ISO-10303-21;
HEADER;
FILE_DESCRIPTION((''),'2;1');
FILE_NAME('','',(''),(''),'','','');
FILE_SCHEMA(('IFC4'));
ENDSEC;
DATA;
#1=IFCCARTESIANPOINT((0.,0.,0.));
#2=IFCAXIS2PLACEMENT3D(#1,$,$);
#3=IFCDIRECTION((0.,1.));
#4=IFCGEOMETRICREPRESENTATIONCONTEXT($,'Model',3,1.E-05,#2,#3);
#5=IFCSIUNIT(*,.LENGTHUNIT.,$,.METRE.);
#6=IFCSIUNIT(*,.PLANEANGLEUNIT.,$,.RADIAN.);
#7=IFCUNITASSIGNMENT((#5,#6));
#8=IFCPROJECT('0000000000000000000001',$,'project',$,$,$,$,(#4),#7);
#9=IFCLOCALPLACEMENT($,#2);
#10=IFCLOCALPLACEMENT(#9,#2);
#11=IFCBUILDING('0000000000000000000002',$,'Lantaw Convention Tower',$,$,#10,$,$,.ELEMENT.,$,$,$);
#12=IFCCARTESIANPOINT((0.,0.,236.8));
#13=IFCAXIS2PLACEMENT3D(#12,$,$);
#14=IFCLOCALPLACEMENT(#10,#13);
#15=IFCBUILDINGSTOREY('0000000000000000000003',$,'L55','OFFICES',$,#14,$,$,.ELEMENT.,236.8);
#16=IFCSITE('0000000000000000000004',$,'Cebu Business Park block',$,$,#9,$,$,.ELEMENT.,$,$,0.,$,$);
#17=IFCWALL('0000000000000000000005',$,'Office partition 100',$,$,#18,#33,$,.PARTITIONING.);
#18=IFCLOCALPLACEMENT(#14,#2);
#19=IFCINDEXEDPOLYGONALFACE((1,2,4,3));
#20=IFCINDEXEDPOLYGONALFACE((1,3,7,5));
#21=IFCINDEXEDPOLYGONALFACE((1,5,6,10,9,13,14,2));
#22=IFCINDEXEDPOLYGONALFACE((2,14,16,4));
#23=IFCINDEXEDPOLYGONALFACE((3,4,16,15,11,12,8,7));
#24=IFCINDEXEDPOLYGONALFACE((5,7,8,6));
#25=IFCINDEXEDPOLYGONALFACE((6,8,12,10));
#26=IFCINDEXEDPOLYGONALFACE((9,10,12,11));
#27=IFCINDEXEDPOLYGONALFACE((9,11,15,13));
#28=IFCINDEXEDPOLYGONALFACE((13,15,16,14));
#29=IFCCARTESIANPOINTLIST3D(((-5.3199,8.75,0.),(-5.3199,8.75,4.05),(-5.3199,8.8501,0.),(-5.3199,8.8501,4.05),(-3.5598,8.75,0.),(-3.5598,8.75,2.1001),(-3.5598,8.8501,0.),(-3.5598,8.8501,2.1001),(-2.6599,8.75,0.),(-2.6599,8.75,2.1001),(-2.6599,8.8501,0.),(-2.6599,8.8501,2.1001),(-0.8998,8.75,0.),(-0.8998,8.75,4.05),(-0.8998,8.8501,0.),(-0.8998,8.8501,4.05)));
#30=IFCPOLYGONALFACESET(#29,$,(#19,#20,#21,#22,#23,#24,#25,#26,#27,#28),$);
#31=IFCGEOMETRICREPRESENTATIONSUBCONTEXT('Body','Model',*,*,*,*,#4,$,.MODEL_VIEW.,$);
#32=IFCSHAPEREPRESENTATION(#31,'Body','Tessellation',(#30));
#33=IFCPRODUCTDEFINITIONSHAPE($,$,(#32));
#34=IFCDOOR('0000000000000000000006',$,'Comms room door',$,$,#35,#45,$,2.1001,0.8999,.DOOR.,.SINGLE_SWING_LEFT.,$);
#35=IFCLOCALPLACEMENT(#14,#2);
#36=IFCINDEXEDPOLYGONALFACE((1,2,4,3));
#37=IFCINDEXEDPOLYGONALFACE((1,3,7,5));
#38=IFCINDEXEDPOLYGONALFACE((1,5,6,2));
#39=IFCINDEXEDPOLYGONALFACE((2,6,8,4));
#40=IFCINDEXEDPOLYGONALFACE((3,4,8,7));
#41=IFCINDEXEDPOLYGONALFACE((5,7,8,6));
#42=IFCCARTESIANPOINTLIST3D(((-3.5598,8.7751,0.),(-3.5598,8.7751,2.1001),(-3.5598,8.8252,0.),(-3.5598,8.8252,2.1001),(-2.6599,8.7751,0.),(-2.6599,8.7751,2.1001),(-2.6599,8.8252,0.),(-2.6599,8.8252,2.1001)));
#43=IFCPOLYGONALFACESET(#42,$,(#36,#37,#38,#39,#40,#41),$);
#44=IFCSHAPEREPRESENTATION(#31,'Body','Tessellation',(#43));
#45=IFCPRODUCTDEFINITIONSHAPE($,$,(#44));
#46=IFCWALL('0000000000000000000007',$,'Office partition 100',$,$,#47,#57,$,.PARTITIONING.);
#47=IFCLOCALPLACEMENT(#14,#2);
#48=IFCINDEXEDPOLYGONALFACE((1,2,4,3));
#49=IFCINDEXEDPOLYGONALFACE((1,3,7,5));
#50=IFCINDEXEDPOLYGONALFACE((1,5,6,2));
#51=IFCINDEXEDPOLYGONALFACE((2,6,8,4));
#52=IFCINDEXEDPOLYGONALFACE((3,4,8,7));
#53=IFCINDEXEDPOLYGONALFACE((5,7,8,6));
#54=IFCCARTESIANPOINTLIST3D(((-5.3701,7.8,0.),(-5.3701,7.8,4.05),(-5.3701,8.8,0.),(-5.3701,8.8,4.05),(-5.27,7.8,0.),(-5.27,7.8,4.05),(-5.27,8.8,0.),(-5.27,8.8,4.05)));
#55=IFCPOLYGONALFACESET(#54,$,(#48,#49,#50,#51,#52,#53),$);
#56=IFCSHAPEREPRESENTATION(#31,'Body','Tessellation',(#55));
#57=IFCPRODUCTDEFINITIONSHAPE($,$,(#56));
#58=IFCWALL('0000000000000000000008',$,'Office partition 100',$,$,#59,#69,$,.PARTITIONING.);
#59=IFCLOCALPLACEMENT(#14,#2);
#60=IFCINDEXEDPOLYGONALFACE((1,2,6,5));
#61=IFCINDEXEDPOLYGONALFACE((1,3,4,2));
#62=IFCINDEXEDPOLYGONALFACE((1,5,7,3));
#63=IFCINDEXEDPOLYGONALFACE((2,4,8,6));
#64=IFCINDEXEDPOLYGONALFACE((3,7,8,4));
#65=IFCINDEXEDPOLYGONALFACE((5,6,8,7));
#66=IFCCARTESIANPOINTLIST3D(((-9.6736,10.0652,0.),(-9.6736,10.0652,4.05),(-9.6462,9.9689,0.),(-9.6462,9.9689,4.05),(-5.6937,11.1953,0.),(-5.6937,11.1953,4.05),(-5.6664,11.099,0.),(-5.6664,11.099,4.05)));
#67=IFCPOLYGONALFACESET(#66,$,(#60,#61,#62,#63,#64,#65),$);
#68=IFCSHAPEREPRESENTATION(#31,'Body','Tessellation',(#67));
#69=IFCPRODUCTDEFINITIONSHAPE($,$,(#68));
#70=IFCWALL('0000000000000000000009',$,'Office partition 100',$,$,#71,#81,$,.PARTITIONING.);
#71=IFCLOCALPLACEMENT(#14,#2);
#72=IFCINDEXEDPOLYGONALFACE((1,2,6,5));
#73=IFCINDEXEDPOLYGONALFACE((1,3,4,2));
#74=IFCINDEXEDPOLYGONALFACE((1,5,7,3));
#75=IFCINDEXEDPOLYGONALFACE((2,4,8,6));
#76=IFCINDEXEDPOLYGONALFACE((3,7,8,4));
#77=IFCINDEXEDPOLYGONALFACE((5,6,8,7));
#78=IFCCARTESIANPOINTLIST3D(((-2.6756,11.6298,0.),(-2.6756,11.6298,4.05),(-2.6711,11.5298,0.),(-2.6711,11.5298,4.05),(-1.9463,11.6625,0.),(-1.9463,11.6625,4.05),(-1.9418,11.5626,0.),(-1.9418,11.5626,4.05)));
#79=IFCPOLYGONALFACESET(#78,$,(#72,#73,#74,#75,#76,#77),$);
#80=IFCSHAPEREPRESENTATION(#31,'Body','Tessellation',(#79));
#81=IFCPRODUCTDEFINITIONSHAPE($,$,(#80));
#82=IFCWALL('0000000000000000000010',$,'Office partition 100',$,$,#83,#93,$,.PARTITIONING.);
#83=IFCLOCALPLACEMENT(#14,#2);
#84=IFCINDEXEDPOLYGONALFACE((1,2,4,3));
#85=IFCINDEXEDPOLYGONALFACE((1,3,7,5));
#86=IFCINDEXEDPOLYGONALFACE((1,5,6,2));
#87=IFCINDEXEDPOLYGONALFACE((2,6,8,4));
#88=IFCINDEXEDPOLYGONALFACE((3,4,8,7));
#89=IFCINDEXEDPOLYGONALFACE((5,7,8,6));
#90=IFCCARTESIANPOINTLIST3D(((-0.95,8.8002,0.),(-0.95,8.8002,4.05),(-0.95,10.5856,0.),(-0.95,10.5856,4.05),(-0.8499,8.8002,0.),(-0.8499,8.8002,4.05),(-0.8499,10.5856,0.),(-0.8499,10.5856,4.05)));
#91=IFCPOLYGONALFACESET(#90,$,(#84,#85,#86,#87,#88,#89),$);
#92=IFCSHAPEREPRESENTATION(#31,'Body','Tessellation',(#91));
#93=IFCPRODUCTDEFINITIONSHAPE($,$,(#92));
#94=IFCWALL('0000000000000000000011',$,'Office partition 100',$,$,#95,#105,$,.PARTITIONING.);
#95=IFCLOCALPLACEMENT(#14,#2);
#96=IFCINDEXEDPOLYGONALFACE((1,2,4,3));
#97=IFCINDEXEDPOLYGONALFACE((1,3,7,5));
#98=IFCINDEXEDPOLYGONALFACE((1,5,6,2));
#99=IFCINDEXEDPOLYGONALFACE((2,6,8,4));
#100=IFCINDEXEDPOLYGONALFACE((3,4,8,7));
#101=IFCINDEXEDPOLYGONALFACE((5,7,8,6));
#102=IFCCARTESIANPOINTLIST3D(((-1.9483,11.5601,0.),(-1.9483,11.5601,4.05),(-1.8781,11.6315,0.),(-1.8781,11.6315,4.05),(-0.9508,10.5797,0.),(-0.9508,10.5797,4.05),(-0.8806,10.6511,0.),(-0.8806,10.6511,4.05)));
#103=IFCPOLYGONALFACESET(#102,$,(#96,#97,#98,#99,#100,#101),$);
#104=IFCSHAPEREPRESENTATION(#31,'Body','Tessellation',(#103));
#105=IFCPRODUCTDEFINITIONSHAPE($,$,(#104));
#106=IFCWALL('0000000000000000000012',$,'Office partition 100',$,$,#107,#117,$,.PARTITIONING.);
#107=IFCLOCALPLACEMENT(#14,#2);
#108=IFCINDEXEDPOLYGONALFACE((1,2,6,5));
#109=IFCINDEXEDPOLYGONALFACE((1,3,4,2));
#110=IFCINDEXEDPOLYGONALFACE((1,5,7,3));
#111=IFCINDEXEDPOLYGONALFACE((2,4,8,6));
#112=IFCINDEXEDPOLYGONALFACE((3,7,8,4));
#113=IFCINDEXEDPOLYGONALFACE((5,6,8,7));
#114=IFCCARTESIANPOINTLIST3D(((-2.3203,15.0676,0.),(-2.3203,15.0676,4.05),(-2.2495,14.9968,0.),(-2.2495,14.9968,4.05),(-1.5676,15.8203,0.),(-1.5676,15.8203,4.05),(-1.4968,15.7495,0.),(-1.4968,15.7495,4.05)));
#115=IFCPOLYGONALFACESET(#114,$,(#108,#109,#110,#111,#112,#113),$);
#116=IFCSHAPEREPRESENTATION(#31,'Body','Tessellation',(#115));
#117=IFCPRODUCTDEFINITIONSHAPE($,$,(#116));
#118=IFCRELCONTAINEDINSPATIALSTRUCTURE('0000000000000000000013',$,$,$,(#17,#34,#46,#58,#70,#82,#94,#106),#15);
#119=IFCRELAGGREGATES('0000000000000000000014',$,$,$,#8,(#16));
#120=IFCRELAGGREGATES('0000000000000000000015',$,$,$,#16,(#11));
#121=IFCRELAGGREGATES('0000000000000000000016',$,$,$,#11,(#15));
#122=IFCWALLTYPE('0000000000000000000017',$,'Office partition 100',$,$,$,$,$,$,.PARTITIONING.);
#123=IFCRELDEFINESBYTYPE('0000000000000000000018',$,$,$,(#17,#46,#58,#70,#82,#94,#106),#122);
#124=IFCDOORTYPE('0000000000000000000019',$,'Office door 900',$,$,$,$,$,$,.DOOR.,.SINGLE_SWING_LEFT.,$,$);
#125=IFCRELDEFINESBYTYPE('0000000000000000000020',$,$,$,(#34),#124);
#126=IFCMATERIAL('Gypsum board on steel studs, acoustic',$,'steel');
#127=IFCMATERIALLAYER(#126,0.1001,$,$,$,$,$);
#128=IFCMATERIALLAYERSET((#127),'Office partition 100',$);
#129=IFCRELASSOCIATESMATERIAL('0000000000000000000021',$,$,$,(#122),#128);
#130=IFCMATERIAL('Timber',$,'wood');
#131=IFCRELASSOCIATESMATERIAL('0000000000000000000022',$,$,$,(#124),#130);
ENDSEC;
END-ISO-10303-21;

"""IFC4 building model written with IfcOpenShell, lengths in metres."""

from ifc_helpers import new_model, si_unit, direction, frame, frame_2d, origin, place, context, subcontext, project, spatial, rectangle, extrude, material, layer, layer_set, type_object, element, fill, save


model = new_model("IFC4")

# Units and contexts
model_context = context("Model", 3, precision=1e-05, world=origin(), true_north=direction((0.0, 1.0)))
body_context = subcontext(model_context, "Body", "Model", "MODEL_VIEW")
ifc_project = project(units=[si_unit("LENGTHUNIT", "METRE"), si_unit("PLANEANGLEUNIT", "RADIAN")], contexts=[model_context])

# Site, building, storey
site_placement = place(None, origin())
site = spatial("IfcSite", under=ifc_project, at=site_placement, Name="Cebu Business Park block", CompositionType="ELEMENT", RefElevation=0.0)
building_placement = place(site_placement, origin())
building = spatial("IfcBuilding", under=site, at=building_placement, Name="Lantaw Convention Tower", CompositionType="ELEMENT")
storey_placement = place(building_placement, frame((0.0, 0.0, 236.8)))
storey = spatial("IfcBuildingStorey", under=building, at=storey_placement, Name="L55", Description="OFFICES", CompositionType="ELEMENT", Elevation=236.8)

# Shared definitions
ifc_material_1 = material(Name="Gypsum board on steel studs, acoustic", Category="steel")
ifc_layer_1 = layer(ifc_material_1, 0.1001)
ifc_layer_set_1 = layer_set([ifc_layer_1], Name="Office partition 100")
wall_type_1 = type_object("IfcWallType", Name="Office partition 100", PredefinedType="PARTITIONING", material=ifc_layer_set_1)

# Wall, opening, door
wall_1_placement = place(storey_placement, frame((-0.8999, 8.8, 0.0), z_axis=(0.0, 0.0, 1.0), x_axis=(-1.0, 0.0, 0.0)))
wall_1 = element("IfcWall", 1, at=wall_1_placement, inside=storey, type_object=wall_type_1, Name="Office partition 100", PredefinedType="PARTITIONING", context=body_context, shape_type="SweptSolid", body=[
    extrude(rectangle(XDim=4.4202, YDim=0.1001, at=frame_2d((2.21, 0.0))), origin(), (0.0, 0.0, 1.0), 4.05),
])
opening_1_placement = place(wall_1_placement, frame((1.76, 0.0, 0.0)))
opening_1 = element("IfcOpeningElement", 2, at=opening_1_placement, cuts=wall_1, PredefinedType="OPENING", context=body_context, shape_type="SweptSolid", body=[
    extrude(rectangle(XDim=0.8999, YDim=2.1001, at=frame_2d((0.45, 1.05))), frame((0.0, 0.0601, 0.0), z_axis=(0.0, -1.0, 0.0), x_axis=(1.0, 0.0, 0.0)), (0.0, 0.0, 1.0), 0.1201),
])
ifc_material_2 = material(Name="Timber", Category="wood")
door_type_1 = type_object("IfcDoorType", Name="Office door 900", OperationType="SINGLE_SWING_LEFT", PredefinedType="DOOR", material=ifc_material_2)
door_1_placement = place(opening_1_placement, origin())
door_1 = element("IfcDoor", 3, at=door_1_placement, inside=storey, type_object=door_type_1, Name="Comms room door", OperationType="SINGLE_SWING_LEFT", OverallHeight=2.1001, OverallWidth=0.8999, PredefinedType="DOOR", context=body_context, shape_type="SweptSolid", body=[
    extrude(rectangle(XDim=0.8999, YDim=2.1001, at=frame_2d((0.45, 1.05))), frame((0.0, 0.0249, 0.0), z_axis=(0.0, -1.0, 0.0), x_axis=(1.0, 0.0, 0.0)), (0.0, 0.0, 1.0), 0.05),
])
fill(opening_1, door_1)

# Walls
wall_2_placement = place(storey_placement, frame((-5.3201, 8.8, 0.0), z_axis=(0.0, 0.0, 1.0), x_axis=(0.0, -1.0, 0.0)))
element("IfcWall", 4, at=wall_2_placement, inside=storey, type_object=wall_type_1, Name="Office partition 100", PredefinedType="PARTITIONING", context=body_context, shape_type="SweptSolid", body=[
    extrude(rectangle(XDim=1.0, YDim=0.1001, at=frame_2d((0.5, 0.0))), origin(), (0.0, 0.0, 1.0), 4.05),
])
wall_3_placement = place(storey_placement, frame((-9.6599, 10.0171, 0.0), z_axis=(0.0, 0.0, 1.0), x_axis=(0.96197, 0.273154, 0.0)))
element("IfcWall", 5, at=wall_3_placement, inside=storey, type_object=wall_type_1, Name="Office partition 100", PredefinedType="PARTITIONING", context=body_context, shape_type="SweptSolid", body=[
    extrude(rectangle(XDim=4.1372, YDim=0.1001, at=frame_2d((2.0686, 0.0))), origin(), (0.0, 0.0, 1.0), 4.05),
])
wall_4_placement = place(storey_placement, frame((-2.6733, 11.5798, 0.0), z_axis=(0.0, 0.0, 1.0), x_axis=(0.998995, 0.044816, 0.0)))
element("IfcWall", 6, at=wall_4_placement, inside=storey, type_object=wall_type_1, Name="Office partition 100", PredefinedType="PARTITIONING", context=body_context, shape_type="SweptSolid", body=[
    extrude(rectangle(XDim=0.73, YDim=0.1001, at=frame_2d((0.365, 0.0))), origin(), (0.0, 0.0, 1.0), 4.05),
])
wall_5_placement = place(storey_placement, frame((-0.8999, 10.5854, 0.0), z_axis=(0.0, 0.0, 1.0), x_axis=(0.0, -1.0, 0.0)))
element("IfcWall", 7, at=wall_5_placement, inside=storey, type_object=wall_type_1, Name="Office partition 100", PredefinedType="PARTITIONING", context=body_context, shape_type="SweptSolid", body=[
    extrude(rectangle(XDim=1.7854, YDim=0.1001, at=frame_2d((0.8926, 0.0))), origin(), (0.0, 0.0, 1.0), 4.05),
])
wall_6_placement = place(storey_placement, frame((-0.9158, 10.6155, 0.0), z_axis=(0.0, 0.0, 1.0), x_axis=(-0.713189, 0.700971, 0.0)))
element("IfcWall", 8, at=wall_6_placement, inside=storey, type_object=wall_type_1, Name="Office partition 100", PredefinedType="PARTITIONING", context=body_context, shape_type="SweptSolid", body=[
    extrude(rectangle(XDim=1.3987, YDim=0.1001, at=frame_2d((0.6992, 0.0))), origin(), (0.0, 0.0, 1.0), 4.05),
])
wall_7_placement = place(storey_placement, frame((-2.2849, 15.0322, 0.0), z_axis=(0.0, 0.0, 1.0), x_axis=(0.707107, 0.707107, 0.0)))
element("IfcWall", 9, at=wall_7_placement, inside=storey, type_object=wall_type_1, Name="Office partition 100", PredefinedType="PARTITIONING", context=body_context, shape_type="SweptSolid", body=[
    extrude(rectangle(XDim=1.0645, YDim=0.1001, at=frame_2d((0.5322, 0.0))), origin(), (0.0, 0.0, 1.0), 4.05),
])

save(model, "model.ifc")
